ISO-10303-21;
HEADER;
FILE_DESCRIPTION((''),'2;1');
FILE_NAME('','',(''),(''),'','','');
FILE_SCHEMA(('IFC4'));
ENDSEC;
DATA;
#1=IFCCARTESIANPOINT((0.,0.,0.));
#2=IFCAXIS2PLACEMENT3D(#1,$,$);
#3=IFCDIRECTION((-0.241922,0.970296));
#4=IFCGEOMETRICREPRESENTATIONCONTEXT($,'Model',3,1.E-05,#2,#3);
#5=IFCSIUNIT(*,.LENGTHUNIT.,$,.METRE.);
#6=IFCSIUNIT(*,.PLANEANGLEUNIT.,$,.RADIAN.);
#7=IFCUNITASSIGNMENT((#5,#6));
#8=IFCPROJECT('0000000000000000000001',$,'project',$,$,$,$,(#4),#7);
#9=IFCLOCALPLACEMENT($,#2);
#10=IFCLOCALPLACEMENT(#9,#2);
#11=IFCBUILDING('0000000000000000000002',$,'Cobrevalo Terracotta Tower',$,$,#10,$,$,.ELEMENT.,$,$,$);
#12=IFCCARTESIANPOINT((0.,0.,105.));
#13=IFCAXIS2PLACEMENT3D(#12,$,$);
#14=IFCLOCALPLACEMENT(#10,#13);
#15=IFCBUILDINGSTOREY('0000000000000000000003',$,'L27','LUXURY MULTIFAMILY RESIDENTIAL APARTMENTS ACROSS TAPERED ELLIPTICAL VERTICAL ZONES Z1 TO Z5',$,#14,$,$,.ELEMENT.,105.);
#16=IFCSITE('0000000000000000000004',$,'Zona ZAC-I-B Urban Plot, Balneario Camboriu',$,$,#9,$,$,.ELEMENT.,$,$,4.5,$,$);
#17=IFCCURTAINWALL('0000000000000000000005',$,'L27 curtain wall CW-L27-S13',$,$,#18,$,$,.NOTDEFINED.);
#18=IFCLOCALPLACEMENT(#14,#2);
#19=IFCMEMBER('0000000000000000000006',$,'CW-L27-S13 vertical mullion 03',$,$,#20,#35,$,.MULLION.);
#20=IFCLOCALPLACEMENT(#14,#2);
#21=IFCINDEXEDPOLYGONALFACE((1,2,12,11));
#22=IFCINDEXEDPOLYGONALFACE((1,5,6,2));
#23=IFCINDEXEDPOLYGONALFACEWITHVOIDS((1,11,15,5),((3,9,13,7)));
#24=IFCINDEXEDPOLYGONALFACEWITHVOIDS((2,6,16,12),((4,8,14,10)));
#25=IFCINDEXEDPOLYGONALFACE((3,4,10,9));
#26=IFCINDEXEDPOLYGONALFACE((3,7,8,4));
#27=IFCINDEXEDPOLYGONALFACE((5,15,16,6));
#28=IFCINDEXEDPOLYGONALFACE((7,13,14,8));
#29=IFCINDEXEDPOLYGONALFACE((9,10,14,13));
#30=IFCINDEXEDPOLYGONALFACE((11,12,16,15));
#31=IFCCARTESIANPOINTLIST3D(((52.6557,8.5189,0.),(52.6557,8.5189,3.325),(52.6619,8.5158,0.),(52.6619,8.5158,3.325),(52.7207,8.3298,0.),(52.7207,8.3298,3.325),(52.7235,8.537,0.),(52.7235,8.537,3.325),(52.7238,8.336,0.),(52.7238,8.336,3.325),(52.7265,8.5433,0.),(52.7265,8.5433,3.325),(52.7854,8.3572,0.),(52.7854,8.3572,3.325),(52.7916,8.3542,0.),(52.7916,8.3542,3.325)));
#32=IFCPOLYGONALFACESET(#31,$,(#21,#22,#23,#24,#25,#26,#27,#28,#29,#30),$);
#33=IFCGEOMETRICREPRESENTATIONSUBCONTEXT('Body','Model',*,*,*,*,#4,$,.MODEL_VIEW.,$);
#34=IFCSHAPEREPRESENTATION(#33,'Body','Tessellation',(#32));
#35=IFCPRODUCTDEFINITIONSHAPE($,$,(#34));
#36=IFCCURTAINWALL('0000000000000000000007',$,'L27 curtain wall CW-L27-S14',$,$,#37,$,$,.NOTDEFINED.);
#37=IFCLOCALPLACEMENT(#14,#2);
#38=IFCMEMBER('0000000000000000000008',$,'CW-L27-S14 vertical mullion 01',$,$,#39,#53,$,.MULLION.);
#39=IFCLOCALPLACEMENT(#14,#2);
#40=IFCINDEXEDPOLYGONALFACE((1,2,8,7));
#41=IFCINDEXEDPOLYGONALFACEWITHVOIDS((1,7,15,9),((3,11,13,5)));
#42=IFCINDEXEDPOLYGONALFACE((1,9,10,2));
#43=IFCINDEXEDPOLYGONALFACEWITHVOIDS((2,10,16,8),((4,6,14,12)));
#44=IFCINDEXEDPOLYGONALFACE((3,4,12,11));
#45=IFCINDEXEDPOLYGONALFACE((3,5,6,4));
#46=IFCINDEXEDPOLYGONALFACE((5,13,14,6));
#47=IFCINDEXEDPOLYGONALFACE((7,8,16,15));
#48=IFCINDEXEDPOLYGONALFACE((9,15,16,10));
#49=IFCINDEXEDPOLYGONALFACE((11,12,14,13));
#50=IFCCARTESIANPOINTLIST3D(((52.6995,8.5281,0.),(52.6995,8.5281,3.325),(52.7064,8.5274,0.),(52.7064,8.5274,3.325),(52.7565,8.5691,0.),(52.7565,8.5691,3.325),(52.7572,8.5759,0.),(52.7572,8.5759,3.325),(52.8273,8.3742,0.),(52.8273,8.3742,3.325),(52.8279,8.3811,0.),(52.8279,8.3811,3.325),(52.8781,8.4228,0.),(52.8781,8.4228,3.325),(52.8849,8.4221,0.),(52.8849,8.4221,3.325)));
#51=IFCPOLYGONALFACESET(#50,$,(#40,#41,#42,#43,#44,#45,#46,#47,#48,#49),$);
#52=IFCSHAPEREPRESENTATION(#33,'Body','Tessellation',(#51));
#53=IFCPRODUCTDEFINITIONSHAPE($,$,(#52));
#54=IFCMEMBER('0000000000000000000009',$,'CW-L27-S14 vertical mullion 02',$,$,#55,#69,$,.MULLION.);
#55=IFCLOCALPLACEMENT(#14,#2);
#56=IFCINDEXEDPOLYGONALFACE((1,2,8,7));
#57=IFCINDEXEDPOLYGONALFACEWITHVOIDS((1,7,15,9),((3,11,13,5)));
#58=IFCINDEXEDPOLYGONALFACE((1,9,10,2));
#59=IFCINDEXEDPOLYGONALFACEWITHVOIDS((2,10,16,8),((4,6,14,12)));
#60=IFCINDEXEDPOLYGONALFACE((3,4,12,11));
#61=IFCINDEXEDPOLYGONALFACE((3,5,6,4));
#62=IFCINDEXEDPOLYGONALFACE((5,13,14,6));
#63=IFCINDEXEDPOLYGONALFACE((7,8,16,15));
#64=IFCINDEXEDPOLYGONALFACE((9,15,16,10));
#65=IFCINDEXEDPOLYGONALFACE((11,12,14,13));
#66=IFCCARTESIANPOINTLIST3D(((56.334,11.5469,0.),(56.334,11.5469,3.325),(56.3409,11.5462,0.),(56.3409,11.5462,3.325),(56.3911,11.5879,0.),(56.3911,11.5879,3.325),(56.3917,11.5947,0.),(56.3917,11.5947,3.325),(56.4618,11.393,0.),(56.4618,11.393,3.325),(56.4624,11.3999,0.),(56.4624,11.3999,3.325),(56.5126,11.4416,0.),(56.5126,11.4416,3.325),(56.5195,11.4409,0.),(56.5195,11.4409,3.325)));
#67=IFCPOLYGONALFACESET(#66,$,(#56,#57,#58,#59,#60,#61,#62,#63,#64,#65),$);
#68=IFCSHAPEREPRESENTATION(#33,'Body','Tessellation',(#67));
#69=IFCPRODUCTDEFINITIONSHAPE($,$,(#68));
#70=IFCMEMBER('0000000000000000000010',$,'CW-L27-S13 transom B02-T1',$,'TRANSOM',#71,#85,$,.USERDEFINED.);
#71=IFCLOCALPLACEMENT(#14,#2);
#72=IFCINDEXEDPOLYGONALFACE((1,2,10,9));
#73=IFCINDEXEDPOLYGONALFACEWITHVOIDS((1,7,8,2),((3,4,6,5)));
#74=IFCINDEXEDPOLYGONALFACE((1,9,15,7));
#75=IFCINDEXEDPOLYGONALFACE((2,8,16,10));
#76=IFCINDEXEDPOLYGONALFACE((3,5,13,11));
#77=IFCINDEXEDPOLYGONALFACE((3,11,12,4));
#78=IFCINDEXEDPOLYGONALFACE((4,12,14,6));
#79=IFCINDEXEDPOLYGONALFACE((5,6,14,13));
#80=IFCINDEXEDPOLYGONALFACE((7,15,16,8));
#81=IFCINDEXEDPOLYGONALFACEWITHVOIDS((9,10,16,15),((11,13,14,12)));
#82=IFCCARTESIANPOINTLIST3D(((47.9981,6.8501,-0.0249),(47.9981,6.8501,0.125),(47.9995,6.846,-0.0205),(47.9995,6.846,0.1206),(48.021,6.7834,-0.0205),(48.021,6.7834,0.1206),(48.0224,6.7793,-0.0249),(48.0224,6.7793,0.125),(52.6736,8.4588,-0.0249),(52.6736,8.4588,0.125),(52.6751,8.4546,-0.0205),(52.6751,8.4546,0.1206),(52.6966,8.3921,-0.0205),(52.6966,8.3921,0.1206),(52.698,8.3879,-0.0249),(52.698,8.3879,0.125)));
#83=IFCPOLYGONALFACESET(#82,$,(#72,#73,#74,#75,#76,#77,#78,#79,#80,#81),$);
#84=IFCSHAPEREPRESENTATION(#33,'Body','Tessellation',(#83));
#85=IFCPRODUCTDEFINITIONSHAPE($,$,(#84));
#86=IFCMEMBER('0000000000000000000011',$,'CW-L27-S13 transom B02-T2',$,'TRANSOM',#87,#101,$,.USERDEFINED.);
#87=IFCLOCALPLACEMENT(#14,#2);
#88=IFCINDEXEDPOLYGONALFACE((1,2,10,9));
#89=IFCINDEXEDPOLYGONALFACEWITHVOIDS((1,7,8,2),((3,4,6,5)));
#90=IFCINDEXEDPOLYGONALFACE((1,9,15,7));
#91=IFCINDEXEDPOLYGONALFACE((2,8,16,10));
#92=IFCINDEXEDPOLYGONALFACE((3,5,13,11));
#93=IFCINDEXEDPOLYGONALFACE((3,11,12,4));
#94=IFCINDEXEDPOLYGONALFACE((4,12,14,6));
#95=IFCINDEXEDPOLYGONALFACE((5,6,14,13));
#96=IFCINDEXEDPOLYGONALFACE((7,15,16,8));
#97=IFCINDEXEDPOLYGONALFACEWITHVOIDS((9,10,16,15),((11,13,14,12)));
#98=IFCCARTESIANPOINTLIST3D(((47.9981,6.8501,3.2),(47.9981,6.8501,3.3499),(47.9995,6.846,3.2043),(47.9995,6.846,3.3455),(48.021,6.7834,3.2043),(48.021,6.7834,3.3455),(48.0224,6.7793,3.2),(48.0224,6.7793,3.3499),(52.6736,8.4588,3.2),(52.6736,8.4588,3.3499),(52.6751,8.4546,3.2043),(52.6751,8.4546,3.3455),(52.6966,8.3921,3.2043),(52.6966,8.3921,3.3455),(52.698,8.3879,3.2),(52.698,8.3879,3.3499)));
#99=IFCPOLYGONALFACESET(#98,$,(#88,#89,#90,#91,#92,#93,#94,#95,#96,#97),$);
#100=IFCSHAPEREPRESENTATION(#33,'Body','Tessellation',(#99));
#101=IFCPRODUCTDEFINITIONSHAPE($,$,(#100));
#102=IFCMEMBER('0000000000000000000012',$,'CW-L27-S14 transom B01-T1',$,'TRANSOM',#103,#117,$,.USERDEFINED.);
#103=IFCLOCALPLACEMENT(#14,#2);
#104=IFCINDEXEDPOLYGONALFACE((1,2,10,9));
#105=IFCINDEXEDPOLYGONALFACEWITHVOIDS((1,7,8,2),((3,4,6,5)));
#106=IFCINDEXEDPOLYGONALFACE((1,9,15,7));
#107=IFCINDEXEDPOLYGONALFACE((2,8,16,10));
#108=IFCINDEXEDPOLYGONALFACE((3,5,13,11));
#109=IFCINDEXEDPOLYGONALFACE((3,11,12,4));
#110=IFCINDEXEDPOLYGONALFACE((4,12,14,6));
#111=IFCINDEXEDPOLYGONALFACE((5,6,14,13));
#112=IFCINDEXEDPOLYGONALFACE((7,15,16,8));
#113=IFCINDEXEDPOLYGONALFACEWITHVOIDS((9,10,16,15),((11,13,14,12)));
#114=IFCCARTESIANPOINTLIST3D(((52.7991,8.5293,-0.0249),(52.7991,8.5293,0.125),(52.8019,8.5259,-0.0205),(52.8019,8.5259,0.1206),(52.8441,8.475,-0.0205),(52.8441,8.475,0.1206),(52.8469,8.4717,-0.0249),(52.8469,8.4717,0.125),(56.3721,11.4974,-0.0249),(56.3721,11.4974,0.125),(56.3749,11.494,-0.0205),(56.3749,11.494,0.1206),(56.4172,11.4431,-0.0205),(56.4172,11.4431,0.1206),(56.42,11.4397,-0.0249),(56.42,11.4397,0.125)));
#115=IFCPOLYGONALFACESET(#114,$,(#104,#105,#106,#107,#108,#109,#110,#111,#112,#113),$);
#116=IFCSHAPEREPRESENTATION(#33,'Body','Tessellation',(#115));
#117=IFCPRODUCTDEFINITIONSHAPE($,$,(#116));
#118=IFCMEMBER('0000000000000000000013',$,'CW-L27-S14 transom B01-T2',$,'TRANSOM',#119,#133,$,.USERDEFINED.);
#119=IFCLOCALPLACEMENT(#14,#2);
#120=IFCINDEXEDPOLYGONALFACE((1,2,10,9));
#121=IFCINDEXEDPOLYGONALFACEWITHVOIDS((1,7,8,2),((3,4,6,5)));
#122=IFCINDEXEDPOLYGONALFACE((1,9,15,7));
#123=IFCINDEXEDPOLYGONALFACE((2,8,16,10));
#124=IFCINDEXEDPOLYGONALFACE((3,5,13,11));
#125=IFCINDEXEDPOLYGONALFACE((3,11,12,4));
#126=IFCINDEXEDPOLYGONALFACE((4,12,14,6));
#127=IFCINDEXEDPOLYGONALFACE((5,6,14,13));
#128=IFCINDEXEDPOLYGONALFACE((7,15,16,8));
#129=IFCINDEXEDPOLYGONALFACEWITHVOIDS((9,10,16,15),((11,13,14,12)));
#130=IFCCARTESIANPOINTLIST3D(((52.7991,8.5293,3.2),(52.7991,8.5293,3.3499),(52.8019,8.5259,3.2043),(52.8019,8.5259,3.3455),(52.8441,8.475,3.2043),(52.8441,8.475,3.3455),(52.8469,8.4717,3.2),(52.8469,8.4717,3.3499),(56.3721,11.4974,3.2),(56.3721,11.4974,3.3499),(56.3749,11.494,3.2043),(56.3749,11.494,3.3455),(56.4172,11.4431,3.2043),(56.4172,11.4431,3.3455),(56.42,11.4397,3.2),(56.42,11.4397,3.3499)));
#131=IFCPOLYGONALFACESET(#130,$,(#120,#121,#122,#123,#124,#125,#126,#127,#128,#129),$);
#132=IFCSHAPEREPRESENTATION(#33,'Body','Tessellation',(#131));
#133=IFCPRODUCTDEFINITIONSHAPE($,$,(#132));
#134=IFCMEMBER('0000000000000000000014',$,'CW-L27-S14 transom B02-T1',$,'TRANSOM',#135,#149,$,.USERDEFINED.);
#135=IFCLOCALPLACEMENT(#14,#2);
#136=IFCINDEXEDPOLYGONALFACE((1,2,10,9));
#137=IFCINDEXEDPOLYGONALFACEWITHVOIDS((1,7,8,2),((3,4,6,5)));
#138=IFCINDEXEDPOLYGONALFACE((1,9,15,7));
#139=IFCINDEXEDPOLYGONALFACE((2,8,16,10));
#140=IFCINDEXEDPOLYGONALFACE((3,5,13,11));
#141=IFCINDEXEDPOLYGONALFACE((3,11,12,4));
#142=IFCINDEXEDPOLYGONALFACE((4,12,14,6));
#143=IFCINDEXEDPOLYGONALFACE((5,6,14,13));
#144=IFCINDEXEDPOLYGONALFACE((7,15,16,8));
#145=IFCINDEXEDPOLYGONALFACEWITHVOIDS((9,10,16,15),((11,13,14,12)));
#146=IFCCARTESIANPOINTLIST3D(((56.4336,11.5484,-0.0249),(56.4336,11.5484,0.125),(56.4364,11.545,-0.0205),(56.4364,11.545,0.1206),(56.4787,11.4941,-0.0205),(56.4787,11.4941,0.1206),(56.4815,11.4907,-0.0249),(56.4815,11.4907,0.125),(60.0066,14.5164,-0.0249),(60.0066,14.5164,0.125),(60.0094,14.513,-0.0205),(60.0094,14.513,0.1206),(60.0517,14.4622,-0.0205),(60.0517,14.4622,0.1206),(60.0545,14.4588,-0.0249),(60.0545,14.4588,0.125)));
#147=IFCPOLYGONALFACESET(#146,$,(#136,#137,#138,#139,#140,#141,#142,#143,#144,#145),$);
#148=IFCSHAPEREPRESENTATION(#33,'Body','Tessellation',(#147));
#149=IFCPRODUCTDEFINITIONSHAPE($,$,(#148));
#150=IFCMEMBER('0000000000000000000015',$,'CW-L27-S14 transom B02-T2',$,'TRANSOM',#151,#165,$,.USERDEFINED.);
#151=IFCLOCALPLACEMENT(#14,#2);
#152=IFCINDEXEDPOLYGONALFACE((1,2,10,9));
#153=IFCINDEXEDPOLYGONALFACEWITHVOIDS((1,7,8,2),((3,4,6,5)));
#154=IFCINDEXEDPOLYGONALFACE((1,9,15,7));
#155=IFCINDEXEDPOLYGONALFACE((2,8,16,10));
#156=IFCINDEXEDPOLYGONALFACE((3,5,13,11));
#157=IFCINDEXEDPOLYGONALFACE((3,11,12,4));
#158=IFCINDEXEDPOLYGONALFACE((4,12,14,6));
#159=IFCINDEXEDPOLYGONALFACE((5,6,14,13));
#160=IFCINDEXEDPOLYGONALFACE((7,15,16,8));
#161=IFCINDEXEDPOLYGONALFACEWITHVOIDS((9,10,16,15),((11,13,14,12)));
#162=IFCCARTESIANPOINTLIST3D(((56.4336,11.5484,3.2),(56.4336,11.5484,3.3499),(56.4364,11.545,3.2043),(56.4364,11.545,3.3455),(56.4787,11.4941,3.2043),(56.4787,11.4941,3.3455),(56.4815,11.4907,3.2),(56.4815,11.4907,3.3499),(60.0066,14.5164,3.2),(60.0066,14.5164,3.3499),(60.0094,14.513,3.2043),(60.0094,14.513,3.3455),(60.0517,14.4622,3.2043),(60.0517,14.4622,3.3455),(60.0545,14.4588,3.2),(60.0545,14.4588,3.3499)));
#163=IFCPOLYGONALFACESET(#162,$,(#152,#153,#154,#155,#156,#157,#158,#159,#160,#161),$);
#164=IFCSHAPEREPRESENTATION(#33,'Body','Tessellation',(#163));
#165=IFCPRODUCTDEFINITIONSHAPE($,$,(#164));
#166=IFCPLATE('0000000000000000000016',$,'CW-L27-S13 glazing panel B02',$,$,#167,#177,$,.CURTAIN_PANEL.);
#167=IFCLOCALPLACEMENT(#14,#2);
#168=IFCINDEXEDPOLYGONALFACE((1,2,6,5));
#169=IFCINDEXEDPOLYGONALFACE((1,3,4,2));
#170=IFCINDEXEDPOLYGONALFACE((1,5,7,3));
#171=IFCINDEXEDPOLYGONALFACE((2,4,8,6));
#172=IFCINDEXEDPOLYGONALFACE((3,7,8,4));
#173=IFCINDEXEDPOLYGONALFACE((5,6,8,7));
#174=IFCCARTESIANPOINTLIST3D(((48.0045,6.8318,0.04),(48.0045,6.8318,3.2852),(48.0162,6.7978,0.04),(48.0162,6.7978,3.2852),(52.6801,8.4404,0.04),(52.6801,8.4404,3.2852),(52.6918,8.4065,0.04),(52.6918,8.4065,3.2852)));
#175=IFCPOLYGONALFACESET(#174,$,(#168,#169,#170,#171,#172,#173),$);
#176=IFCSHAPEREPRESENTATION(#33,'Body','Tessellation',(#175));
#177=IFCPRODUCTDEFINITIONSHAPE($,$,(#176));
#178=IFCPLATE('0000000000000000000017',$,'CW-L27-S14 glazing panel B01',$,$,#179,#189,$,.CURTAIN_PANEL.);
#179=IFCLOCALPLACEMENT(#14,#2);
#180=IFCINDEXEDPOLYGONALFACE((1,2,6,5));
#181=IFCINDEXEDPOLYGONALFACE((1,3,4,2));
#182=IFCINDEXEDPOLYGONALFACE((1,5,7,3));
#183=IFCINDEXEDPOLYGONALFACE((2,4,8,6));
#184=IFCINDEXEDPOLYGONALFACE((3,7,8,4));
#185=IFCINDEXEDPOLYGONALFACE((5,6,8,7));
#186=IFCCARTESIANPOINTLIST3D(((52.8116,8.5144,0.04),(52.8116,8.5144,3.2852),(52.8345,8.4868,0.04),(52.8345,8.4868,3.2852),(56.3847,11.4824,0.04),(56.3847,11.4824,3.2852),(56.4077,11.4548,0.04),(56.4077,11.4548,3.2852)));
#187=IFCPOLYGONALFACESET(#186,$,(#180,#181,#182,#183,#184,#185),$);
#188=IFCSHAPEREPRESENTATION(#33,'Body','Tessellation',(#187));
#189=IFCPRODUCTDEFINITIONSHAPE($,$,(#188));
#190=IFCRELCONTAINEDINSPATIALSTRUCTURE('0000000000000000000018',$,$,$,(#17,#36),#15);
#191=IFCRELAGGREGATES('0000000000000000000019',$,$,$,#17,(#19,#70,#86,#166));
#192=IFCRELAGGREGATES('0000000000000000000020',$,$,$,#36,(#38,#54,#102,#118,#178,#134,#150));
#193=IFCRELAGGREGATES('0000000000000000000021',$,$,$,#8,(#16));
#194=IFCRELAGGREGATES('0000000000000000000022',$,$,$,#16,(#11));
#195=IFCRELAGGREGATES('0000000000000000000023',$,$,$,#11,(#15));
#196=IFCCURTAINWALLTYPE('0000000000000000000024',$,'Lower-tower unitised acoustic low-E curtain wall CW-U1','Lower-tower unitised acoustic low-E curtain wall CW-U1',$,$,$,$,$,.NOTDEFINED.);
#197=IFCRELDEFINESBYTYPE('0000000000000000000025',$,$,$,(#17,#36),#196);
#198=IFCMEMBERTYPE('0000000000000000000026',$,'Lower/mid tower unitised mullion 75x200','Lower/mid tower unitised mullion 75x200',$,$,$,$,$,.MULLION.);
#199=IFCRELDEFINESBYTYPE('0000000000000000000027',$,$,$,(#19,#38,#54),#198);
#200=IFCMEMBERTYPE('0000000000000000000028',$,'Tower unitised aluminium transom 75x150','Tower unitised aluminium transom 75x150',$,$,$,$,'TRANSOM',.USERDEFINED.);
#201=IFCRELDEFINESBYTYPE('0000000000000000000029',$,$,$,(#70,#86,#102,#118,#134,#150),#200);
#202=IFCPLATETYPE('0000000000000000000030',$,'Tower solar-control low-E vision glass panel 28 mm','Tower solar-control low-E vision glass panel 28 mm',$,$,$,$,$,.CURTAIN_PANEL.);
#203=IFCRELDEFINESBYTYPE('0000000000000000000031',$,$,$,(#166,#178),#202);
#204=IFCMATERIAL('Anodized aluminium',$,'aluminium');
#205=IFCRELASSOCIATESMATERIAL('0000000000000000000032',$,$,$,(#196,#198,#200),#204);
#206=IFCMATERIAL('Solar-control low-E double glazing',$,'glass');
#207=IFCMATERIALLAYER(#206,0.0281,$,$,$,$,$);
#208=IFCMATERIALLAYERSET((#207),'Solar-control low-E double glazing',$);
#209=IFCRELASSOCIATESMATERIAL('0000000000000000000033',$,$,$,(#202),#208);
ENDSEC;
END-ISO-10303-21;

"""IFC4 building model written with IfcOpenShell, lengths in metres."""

from ifc_helpers import new_model, si_unit, direction, frame, origin, origin_2d, place, context, subcontext, project, spatial, rectangle, hollow_rectangle, extrude, source, transform, mapped, material, layer, layer_set, material_profile, profile_set, type_object, element, aggregate, save


model = new_model("IFC4")

# Units and contexts
model_context = context("Model", 3, precision=1e-05, world=origin(), true_north=direction((-0.241922, 0.970296)))
body_context = subcontext(model_context, "Body", "Model", "MODEL_VIEW")
ifc_project = project(units=[si_unit("LENGTHUNIT", "METRE"), si_unit("PLANEANGLEUNIT", "RADIAN")], contexts=[model_context])

# Site, building, storey
site_placement = place(None, origin())
site = spatial("IfcSite", under=ifc_project, at=site_placement, Name="Zona ZAC-I-B Urban Plot, Balneario Camboriu", CompositionType="ELEMENT", RefElevation=4.5)
building_placement = place(site_placement, origin())
building = spatial("IfcBuilding", under=site, at=building_placement, Name="Cobrevalo Terracotta Tower", CompositionType="ELEMENT")
storey_placement = place(building_placement, frame((0.0, 0.0, 105.0)))
storey = spatial("IfcBuildingStorey", under=building, at=storey_placement, Name="L27", Description="LUXURY MULTIFAMILY RESIDENTIAL APARTMENTS ACROSS TAPERED ELLIPTICAL VERTICAL ZONES Z1 TO Z5", CompositionType="ELEMENT", Elevation=105.0)

# Curtain walls, members
ifc_material_1 = material(Name="Anodized aluminium", Category="aluminium")
curtain_wall_type = type_object("IfcCurtainWallType", Name="Lower-tower unitised acoustic low-E curtain wall CW-U1", Description="Lower-tower unitised acoustic low-E curtain wall CW-U1", PredefinedType="NOTDEFINED", material=ifc_material_1)
curtain_wall_1_placement = place(storey_placement, origin())
curtain_wall_1 = element("IfcCurtainWall", 1, at=curtain_wall_1_placement, inside=storey, type_object=curtain_wall_type, Name="L27 curtain wall CW-L27-S13", PredefinedType="NOTDEFINED")
ifc_material_profile_1 = material_profile(ifc_material_1, hollow_rectangle(XDim=0.075, YDim=0.2, WallThickness=0.0049, at=origin_2d()), Name="CWM 75x200")
ifc_profile_set_1 = profile_set([ifc_material_profile_1], Name="Anodized aluminium")
member_type_1 = type_object("IfcMemberType", Name="Lower/mid tower unitised mullion 75x200", Description="Lower/mid tower unitised mullion 75x200", PredefinedType="MULLION", material=ifc_profile_set_1)
shared_shape_1 = source(origin(), body_context, "Body", "SweptSolid", [
    extrude(hollow_rectangle(XDim=0.075, YDim=0.2, WallThickness=0.0049, at=origin_2d()), origin(), (0.0, 0.0, 1.0), 3.325),
])
member_1_placement = place(storey_placement, frame((52.7236, 8.4365, 0.0), z_axis=(0.0, 0.0, 1.0), x_axis=(0.945598, 0.325337, 0.0)))
member_1 = element("IfcMember", 2, at=member_1_placement, type_object=member_type_1, Name="CW-L27-S13 vertical mullion 03", PredefinedType="MULLION", context=body_context, shape_type="MappedRepresentation", body=[
    mapped(shared_shape_1, transform((0.0, 0.0, 0.0), scale=1.0)),
])
curtain_wall_2_placement = place(storey_placement, origin())
curtain_wall_2 = element("IfcCurtainWall", 3, at=curtain_wall_2_placement, inside=storey, type_object=curtain_wall_type, Name="L27 curtain wall CW-L27-S14", PredefinedType="NOTDEFINED")
member_2_placement = place(storey_placement, frame((52.7922, 8.4751, 0.0), z_axis=(0.0, 0.0, 1.0), x_axis=(0.769243, 0.638956, 0.0)))
member_2 = element("IfcMember", 4, at=member_2_placement, type_object=member_type_1, Name="CW-L27-S14 vertical mullion 01", PredefinedType="MULLION", context=body_context, shape_type="MappedRepresentation", body=[
    mapped(shared_shape_1, transform((0.0, 0.0, 0.0), scale=1.0)),
])
member_3_placement = place(storey_placement, frame((56.4268, 11.4939, 0.0), z_axis=(0.0, 0.0, 1.0), x_axis=(0.769243, 0.638956, 0.0)))
member_3 = element("IfcMember", 5, at=member_3_placement, type_object=member_type_1, Name="CW-L27-S14 vertical mullion 02", PredefinedType="MULLION", context=body_context, shape_type="MappedRepresentation", body=[
    mapped(shared_shape_1, transform((0.0, 0.0, 0.0), scale=1.0)),
])

# Members
ifc_material_profile_2 = material_profile(ifc_material_1, hollow_rectangle(XDim=0.075, YDim=0.1499, WallThickness=0.0044, at=origin_2d()), Name="CWT 75x150")
ifc_profile_set_2 = profile_set([ifc_material_profile_2], Name="Anodized aluminium")
member_type_2 = type_object("IfcMemberType", Name="Tower unitised aluminium transom 75x150", Description="Tower unitised aluminium transom 75x150", ElementType="TRANSOM", PredefinedType="USERDEFINED", material=ifc_profile_set_2)
shared_shape_2 = source(origin(), body_context, "Body", "SweptSolid", [
    extrude(hollow_rectangle(XDim=0.075, YDim=0.1499, WallThickness=0.0044, at=origin_2d()), origin(), (0.0, 0.0, 1.0), 4.9446),
])
member_4_placement = place(storey_placement, frame((48.0103, 6.8147, 0.05), z_axis=(0.945598, 0.325338, 0.0), x_axis=(-0.325338, 0.945598, 0.0)))
member_4 = element("IfcMember", 6, at=member_4_placement, type_object=member_type_2, Name="CW-L27-S13 transom B02-T1", ObjectType="TRANSOM", PredefinedType="USERDEFINED", context=body_context, shape_type="MappedRepresentation", body=[
    mapped(shared_shape_2, transform((0.0, 0.0, 0.0), scale=1.0)),
])
member_5_placement = place(storey_placement, frame((48.0103, 6.8147, 3.2749), z_axis=(0.945598, 0.325338, 0.0), x_axis=(-0.325338, 0.945598, 0.0)))
member_5 = element("IfcMember", 7, at=member_5_placement, type_object=member_type_2, Name="CW-L27-S13 transom B02-T2", ObjectType="TRANSOM", PredefinedType="USERDEFINED", context=body_context, shape_type="MappedRepresentation", body=[
    mapped(shared_shape_2, transform((0.0, 0.0, 0.0), scale=1.0)),
])
shared_shape_3 = source(origin(), body_context, "Body", "SweptSolid", [
    extrude(hollow_rectangle(XDim=0.075, YDim=0.1499, WallThickness=0.0044, at=origin_2d()), origin(), (0.0, 0.0, 1.0), 4.645),
])
member_6_placement = place(storey_placement, frame((52.823, 8.5005, 0.05), z_axis=(0.769224, 0.638979, 0.0), x_axis=(-0.638979, 0.769224, 0.0)))
member_6 = element("IfcMember", 8, at=member_6_placement, type_object=member_type_2, Name="CW-L27-S14 transom B01-T1", ObjectType="TRANSOM", PredefinedType="USERDEFINED", context=body_context, shape_type="MappedRepresentation", body=[
    mapped(shared_shape_3, transform((0.0, 0.0, 0.0), scale=1.0)),
])
member_7_placement = place(storey_placement, frame((52.823, 8.5005, 3.2749), z_axis=(0.769224, 0.638979, 0.0), x_axis=(-0.638979, 0.769224, 0.0)))
member_7 = element("IfcMember", 9, at=member_7_placement, type_object=member_type_2, Name="CW-L27-S14 transom B01-T2", ObjectType="TRANSOM", PredefinedType="USERDEFINED", context=body_context, shape_type="MappedRepresentation", body=[
    mapped(shared_shape_3, transform((0.0, 0.0, 0.0), scale=1.0)),
])
member_8_placement = place(storey_placement, frame((56.4575, 11.5195, 0.05), z_axis=(0.769224, 0.638979, 0.0), x_axis=(-0.638979, 0.769224, 0.0)))
member_8 = element("IfcMember", 10, at=member_8_placement, type_object=member_type_2, Name="CW-L27-S14 transom B02-T1", ObjectType="TRANSOM", PredefinedType="USERDEFINED", context=body_context, shape_type="MappedRepresentation", body=[
    mapped(shared_shape_3, transform((0.0, 0.0, 0.0), scale=1.0)),
])
member_9_placement = place(storey_placement, frame((56.4575, 11.5195, 3.2749), z_axis=(0.769224, 0.638979, 0.0), x_axis=(-0.638979, 0.769224, 0.0)))
member_9 = element("IfcMember", 11, at=member_9_placement, type_object=member_type_2, Name="CW-L27-S14 transom B02-T2", ObjectType="TRANSOM", PredefinedType="USERDEFINED", context=body_context, shape_type="MappedRepresentation", body=[
    mapped(shared_shape_3, transform((0.0, 0.0, 0.0), scale=1.0)),
])

# Plates
ifc_material_2 = material(Name="Solar-control low-E double glazing", Category="glass")
ifc_layer_1 = layer(ifc_material_2, 0.0281)
ifc_layer_set_1 = layer_set([ifc_layer_1], Name="Solar-control low-E double glazing")
plate_type = type_object("IfcPlateType", Name="Tower solar-control low-E vision glass panel 28 mm", Description="Tower solar-control low-E vision glass panel 28 mm", PredefinedType="CURTAIN_PANEL", material=ifc_layer_set_1)
shared_shape_4 = source(origin(), body_context, "Body", "SweptSolid", [
    extrude(rectangle(XDim=4.9446, YDim=0.0359, at=origin_2d()), origin(), (0.0, 0.0, 1.0), 3.2451),
])
plate_1_placement = place(storey_placement, frame((50.3481, 7.6191, 0.04), z_axis=(0.0, 0.0, 1.0), x_axis=(0.945596, 0.325342, 0.0)))
plate_1 = element("IfcPlate", 12, at=plate_1_placement, type_object=plate_type, Name="CW-L27-S13 glazing panel B02", PredefinedType="CURTAIN_PANEL", context=body_context, shape_type="MappedRepresentation", body=[
    mapped(shared_shape_4, transform((0.0, 0.0, 0.0), scale=1.0)),
])
aggregate(curtain_wall_1, [member_1, member_4, member_5, plate_1])
shared_shape_5 = source(origin(), body_context, "Body", "SweptSolid", [
    extrude(rectangle(XDim=4.645, YDim=0.0359, at=origin_2d()), origin(), (0.0, 0.0, 1.0), 3.2451),
])
plate_2_placement = place(storey_placement, frame((54.6096, 9.9846, 0.04), z_axis=(0.0, 0.0, 1.0), x_axis=(0.769241, 0.638958, 0.0)))
plate_2 = element("IfcPlate", 13, at=plate_2_placement, type_object=plate_type, Name="CW-L27-S14 glazing panel B01", PredefinedType="CURTAIN_PANEL", context=body_context, shape_type="MappedRepresentation", body=[
    mapped(shared_shape_5, transform((0.0, 0.0, 0.0), scale=1.0)),
])
aggregate(curtain_wall_2, [member_2, member_3, member_6, member_7, plate_2, member_8, member_9])

save(model, "model.ifc")
